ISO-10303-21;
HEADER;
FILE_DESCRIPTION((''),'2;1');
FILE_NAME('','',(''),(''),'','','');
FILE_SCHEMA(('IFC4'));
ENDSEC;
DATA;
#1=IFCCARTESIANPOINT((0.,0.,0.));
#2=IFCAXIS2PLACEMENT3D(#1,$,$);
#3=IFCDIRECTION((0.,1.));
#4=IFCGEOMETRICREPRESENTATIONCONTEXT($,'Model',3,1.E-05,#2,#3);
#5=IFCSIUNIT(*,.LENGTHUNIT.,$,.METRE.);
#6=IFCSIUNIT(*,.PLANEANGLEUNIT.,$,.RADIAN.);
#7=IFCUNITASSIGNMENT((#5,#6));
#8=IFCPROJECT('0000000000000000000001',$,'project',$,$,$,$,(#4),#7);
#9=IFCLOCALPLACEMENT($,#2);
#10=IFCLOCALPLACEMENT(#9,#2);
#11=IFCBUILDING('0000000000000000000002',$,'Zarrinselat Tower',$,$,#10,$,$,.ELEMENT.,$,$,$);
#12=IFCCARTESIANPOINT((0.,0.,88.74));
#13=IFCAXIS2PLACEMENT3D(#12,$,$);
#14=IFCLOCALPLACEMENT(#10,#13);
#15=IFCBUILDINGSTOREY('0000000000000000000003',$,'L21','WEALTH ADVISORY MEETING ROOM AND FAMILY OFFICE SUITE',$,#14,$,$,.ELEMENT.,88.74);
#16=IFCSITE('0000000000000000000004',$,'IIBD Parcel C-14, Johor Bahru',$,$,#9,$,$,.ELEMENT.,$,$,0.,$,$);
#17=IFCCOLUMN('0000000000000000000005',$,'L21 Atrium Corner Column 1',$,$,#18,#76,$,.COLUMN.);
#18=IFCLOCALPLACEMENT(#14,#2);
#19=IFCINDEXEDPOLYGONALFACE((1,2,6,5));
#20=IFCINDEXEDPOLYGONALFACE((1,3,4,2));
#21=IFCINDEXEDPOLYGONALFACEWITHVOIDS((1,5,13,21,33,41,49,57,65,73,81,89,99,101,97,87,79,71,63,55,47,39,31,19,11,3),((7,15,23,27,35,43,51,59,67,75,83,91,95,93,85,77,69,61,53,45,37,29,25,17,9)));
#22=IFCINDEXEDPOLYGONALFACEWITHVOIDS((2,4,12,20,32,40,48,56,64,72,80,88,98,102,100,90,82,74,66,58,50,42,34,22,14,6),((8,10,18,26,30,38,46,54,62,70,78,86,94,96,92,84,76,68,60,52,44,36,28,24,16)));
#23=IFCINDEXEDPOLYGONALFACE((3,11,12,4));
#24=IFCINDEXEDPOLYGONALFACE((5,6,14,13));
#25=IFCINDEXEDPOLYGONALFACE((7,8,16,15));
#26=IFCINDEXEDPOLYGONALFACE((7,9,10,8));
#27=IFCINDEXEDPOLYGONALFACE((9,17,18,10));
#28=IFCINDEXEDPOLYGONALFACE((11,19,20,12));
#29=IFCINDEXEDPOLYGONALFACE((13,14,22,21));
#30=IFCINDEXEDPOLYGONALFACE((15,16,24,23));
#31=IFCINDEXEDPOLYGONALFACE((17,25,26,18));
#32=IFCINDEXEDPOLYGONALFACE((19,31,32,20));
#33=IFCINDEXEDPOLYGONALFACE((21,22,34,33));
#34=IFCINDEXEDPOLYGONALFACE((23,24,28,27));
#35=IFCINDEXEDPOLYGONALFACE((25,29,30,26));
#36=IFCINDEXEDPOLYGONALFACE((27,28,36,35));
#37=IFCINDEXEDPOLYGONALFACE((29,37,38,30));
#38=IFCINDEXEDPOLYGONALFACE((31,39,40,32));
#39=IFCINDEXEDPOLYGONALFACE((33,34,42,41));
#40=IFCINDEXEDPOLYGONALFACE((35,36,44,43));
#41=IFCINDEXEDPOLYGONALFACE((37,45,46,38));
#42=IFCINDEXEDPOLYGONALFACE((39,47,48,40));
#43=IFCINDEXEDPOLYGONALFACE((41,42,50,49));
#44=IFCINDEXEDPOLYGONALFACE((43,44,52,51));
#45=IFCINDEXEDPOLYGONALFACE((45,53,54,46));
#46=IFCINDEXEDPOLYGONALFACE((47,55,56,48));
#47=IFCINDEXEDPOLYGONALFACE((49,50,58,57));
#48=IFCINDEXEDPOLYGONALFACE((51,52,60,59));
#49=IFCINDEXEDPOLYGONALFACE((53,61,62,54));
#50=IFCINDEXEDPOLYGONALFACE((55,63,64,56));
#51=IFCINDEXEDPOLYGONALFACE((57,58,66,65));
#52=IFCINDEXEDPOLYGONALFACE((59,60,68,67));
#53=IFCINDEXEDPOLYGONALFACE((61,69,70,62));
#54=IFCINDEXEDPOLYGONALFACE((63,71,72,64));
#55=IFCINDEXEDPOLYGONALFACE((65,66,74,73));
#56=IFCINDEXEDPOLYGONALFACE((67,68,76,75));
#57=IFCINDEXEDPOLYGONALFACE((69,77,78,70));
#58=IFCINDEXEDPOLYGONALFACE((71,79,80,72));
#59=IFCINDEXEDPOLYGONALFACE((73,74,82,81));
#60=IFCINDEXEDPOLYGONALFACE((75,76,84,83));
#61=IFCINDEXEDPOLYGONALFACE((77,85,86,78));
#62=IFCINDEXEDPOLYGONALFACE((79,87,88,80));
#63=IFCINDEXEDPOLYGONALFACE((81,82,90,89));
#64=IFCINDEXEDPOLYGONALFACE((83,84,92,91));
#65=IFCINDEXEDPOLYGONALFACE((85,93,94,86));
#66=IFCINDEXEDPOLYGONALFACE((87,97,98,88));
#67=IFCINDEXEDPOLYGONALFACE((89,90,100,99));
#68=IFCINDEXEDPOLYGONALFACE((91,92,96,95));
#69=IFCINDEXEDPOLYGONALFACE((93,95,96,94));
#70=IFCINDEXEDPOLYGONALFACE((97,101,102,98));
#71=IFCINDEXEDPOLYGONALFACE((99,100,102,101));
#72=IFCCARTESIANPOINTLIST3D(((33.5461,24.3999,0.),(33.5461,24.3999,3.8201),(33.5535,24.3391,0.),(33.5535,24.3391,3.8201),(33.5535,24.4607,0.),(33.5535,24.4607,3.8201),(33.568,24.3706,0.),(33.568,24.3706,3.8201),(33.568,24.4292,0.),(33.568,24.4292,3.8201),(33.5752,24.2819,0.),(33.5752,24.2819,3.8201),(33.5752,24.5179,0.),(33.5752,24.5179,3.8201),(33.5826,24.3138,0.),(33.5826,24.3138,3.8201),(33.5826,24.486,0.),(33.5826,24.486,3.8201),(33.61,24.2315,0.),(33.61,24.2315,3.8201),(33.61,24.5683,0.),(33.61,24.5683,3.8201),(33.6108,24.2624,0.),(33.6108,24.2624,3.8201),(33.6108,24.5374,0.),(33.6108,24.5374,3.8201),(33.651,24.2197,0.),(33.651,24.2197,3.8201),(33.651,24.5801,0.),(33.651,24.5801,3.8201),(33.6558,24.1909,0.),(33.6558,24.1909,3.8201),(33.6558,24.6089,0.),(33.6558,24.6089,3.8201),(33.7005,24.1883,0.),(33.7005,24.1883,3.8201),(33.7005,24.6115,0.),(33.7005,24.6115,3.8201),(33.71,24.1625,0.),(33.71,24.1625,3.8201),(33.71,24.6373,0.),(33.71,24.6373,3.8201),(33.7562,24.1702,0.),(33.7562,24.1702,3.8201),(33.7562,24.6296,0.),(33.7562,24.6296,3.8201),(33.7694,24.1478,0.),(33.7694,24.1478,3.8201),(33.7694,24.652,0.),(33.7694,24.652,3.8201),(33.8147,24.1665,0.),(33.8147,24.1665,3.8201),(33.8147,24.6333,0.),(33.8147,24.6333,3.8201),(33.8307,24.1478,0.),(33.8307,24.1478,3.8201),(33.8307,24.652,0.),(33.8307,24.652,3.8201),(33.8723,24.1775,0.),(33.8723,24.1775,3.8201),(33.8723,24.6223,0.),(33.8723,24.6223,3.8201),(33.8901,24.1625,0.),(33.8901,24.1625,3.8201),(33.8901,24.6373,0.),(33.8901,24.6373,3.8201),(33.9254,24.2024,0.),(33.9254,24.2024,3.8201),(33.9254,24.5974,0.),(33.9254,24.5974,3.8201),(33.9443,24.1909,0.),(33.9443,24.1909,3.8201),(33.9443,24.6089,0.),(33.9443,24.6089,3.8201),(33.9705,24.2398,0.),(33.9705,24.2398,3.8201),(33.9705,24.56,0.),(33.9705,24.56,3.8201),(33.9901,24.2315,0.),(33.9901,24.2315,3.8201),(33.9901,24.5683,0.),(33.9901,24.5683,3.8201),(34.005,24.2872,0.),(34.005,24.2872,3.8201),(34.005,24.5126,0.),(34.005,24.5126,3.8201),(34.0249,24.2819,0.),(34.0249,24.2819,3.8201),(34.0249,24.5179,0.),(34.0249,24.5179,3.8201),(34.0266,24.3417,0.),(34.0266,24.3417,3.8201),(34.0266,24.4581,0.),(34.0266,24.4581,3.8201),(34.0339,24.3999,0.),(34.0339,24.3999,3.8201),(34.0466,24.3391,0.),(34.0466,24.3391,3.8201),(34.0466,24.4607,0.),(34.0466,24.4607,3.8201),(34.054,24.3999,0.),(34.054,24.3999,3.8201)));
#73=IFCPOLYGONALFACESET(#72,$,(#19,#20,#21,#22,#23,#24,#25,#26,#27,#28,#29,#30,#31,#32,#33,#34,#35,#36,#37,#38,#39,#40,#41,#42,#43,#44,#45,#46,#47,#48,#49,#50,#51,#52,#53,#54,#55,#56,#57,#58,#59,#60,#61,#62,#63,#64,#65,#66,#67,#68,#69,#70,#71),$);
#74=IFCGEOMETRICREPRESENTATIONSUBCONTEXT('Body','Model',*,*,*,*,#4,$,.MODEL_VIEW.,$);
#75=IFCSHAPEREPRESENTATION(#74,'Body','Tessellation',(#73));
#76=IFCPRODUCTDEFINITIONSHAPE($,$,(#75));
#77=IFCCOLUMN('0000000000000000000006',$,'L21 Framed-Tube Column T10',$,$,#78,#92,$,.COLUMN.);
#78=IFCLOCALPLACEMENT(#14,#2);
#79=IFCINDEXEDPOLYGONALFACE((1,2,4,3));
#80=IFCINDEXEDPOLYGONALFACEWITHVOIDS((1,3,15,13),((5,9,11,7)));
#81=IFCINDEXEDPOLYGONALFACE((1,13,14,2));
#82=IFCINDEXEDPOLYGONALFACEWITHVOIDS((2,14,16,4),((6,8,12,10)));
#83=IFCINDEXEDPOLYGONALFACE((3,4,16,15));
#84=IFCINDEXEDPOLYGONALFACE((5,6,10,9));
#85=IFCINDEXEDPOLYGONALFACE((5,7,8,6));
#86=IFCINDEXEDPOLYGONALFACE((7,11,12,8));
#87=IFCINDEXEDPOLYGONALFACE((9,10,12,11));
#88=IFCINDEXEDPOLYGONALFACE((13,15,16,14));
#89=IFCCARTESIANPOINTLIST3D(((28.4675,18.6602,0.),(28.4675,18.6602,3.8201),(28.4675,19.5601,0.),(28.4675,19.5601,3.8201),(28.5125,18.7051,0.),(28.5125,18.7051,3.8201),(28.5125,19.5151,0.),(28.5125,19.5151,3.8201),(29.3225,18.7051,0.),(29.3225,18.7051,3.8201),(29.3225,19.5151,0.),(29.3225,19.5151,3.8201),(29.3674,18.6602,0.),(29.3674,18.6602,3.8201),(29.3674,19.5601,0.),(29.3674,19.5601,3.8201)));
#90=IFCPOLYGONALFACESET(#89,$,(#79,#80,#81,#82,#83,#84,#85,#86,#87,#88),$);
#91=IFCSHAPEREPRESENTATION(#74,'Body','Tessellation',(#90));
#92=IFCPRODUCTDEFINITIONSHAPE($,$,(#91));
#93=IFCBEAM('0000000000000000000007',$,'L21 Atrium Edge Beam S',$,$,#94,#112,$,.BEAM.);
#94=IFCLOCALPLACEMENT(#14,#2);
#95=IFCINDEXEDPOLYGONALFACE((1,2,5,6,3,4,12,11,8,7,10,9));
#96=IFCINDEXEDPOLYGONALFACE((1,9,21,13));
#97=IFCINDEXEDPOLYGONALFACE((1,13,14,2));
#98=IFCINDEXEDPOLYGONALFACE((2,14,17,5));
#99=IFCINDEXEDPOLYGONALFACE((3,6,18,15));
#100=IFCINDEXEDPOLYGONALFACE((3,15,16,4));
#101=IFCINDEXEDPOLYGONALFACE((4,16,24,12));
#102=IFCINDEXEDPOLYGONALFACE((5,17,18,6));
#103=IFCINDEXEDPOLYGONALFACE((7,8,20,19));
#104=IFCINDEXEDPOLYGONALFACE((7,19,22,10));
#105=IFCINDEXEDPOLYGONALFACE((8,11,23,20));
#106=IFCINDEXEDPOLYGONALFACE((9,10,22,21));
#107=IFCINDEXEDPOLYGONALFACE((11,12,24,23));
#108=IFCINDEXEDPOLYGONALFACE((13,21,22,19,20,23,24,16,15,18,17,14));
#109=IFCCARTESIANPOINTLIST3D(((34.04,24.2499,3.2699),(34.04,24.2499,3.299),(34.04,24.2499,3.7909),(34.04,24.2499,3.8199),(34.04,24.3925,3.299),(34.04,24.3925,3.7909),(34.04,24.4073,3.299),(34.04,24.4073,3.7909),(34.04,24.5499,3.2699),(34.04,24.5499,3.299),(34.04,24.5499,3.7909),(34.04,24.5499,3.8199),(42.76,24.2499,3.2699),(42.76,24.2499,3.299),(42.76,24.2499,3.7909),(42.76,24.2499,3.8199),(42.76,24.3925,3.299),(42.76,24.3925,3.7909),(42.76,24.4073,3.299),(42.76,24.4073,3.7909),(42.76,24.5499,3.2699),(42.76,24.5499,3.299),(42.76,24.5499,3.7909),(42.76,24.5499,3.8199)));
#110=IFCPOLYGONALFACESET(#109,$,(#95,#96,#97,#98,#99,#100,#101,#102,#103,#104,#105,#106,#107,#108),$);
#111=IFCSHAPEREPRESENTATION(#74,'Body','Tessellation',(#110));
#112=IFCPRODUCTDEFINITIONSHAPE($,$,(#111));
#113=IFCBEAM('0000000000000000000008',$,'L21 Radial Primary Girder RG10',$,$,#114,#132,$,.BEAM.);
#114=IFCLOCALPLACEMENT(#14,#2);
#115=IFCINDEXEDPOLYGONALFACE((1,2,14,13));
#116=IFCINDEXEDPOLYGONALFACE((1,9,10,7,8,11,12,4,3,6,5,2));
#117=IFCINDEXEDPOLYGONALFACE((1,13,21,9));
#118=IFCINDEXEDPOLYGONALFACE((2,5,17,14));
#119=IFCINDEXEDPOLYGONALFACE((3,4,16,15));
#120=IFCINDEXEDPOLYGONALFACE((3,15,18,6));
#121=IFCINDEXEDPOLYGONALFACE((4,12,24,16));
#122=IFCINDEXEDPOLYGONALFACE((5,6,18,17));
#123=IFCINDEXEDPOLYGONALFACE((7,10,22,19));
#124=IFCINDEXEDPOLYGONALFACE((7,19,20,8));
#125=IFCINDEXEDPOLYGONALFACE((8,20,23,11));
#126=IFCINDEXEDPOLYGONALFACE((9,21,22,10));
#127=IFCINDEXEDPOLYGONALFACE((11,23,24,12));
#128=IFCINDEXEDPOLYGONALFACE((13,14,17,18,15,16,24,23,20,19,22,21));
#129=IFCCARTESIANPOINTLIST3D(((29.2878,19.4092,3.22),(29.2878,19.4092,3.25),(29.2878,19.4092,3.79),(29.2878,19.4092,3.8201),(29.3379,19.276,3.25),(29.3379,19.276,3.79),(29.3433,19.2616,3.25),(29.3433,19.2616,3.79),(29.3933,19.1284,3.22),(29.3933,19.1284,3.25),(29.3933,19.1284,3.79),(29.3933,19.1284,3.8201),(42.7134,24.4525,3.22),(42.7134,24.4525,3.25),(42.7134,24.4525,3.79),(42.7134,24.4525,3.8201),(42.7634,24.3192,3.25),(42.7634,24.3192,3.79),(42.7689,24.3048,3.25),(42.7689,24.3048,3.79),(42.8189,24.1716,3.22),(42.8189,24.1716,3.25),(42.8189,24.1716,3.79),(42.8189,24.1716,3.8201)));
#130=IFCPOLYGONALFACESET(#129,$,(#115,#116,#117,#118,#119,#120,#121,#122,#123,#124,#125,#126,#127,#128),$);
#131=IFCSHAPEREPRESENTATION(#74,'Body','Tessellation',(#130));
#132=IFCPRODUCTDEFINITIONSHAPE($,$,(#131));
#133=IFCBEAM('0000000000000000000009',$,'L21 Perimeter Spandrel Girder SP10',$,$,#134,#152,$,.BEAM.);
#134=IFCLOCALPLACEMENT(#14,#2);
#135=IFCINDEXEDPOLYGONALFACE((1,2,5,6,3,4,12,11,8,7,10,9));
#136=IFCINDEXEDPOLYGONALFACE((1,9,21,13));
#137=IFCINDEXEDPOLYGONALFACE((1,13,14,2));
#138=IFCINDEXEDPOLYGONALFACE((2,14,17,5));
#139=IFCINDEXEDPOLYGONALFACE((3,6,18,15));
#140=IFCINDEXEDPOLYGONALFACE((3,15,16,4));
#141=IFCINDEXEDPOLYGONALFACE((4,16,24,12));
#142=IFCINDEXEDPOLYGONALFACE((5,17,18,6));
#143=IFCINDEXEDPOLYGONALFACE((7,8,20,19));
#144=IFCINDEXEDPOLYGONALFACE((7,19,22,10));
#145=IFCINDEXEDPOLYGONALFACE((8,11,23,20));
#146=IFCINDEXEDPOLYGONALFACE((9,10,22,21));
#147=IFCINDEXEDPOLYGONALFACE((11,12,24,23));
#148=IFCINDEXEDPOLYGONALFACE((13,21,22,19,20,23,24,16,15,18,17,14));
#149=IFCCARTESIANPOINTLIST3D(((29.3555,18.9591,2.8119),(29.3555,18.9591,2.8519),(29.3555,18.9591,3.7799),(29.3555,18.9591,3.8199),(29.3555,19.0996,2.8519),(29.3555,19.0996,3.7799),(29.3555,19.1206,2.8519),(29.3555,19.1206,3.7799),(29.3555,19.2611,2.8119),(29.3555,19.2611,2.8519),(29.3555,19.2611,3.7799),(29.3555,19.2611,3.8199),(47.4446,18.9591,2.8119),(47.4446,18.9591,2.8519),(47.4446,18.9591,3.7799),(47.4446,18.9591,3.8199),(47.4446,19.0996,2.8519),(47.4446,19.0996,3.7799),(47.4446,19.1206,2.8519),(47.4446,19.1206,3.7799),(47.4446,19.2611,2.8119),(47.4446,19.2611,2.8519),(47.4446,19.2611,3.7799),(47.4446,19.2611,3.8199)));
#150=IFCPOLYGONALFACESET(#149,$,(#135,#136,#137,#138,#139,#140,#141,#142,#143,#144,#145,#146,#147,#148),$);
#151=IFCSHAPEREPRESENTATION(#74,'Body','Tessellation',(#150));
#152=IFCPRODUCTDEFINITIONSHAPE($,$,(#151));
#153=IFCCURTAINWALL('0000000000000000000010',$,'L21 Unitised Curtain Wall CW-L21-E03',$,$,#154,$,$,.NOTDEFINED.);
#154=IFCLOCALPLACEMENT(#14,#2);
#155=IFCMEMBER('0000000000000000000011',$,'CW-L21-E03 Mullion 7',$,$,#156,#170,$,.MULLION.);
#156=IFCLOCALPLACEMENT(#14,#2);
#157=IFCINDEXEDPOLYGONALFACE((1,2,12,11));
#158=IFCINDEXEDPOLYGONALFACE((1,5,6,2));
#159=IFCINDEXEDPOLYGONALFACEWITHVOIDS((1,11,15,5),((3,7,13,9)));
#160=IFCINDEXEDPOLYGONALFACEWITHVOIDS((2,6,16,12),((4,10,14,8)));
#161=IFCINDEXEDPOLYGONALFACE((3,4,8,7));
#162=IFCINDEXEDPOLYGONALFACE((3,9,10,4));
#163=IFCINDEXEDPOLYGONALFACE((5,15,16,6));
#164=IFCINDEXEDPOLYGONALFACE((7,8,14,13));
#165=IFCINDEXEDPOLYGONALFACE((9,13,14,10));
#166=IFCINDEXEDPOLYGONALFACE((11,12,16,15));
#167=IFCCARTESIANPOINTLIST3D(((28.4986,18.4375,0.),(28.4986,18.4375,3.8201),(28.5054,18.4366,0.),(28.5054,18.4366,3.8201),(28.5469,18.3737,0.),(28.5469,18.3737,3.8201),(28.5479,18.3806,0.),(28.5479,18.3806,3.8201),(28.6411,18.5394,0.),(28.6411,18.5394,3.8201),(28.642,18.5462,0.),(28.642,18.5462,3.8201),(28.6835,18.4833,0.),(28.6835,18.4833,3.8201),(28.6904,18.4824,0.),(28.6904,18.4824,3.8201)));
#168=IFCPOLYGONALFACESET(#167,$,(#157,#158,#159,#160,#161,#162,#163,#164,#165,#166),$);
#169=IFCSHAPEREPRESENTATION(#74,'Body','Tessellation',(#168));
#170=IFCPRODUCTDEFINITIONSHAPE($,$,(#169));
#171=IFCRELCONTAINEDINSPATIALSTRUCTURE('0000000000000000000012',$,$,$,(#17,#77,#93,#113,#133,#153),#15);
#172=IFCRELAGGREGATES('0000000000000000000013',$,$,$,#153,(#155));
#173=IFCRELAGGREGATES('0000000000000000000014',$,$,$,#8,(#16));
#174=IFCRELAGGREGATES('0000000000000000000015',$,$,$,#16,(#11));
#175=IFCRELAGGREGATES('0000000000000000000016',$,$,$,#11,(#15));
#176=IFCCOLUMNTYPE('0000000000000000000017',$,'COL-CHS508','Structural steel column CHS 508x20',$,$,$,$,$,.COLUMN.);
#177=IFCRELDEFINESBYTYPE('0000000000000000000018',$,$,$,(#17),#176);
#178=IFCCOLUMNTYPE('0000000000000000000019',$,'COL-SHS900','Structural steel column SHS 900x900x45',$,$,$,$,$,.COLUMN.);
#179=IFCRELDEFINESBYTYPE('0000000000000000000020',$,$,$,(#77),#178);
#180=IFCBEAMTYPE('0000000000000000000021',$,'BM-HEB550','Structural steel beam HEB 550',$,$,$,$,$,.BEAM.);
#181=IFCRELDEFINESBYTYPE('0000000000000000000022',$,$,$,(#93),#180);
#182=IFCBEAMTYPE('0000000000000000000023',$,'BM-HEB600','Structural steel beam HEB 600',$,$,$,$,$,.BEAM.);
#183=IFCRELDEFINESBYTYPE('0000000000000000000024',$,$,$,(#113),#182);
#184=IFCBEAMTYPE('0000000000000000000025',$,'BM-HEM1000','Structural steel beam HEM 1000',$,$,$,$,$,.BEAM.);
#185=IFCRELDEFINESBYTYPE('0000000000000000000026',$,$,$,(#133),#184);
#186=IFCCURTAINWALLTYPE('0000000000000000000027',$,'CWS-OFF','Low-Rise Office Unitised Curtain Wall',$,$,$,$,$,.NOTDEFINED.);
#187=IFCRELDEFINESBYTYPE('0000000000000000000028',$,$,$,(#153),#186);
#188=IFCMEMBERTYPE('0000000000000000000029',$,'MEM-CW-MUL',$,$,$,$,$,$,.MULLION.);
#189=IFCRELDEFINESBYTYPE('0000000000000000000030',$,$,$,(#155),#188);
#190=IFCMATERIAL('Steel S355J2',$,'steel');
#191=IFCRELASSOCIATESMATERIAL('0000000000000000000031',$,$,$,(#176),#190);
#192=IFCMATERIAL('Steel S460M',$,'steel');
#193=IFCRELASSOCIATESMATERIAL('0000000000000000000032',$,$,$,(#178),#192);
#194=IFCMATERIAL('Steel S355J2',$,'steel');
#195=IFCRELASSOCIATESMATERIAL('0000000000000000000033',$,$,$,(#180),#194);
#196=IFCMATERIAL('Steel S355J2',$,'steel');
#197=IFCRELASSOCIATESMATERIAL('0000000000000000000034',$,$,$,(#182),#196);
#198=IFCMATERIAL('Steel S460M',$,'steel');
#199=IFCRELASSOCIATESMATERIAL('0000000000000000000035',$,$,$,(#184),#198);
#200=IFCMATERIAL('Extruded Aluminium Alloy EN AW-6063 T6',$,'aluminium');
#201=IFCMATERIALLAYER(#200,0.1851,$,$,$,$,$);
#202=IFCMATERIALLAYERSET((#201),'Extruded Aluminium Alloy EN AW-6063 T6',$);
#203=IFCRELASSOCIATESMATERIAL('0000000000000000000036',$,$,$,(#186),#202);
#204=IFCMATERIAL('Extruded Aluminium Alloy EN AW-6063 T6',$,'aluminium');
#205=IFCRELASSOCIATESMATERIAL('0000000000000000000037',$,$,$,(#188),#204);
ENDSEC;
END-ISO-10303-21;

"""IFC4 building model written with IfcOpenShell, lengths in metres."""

from ifc_helpers import new_model, si_unit, direction, frame, origin, origin_2d, place, context, subcontext, project, spatial, hollow_rectangle, hollow_circle, i_section, extrude, material, layer, layer_set, material_profile, profile_set, type_object, element, aggregate, save


model = new_model("IFC4")

# Units and contexts
model_context = context("Model", 3, precision=1e-05, world=origin(), true_north=direction((0.0, 1.0)))
body_context = subcontext(model_context, "Body", "Model", "MODEL_VIEW")
ifc_project = project(units=[si_unit("LENGTHUNIT", "METRE"), si_unit("PLANEANGLEUNIT", "RADIAN")], contexts=[model_context])

# Site, building, storey
site_placement = place(None, origin())
site = spatial("IfcSite", under=ifc_project, at=site_placement, Name="IIBD Parcel C-14, Johor Bahru", CompositionType="ELEMENT", RefElevation=0.0)
building_placement = place(site_placement, origin())
building = spatial("IfcBuilding", under=site, at=building_placement, Name="Zarrinselat Tower", CompositionType="ELEMENT")
storey_placement = place(building_placement, frame((0.0, 0.0, 88.74)))
storey = spatial("IfcBuildingStorey", under=building, at=storey_placement, Name="L21", Description="WEALTH ADVISORY MEETING ROOM AND FAMILY OFFICE SUITE", CompositionType="ELEMENT", Elevation=88.74)

# Columns
ifc_material_1 = material(Name="Steel S355J2", Category="steel")
ifc_material_profile_1 = material_profile(ifc_material_1, hollow_circle(Radius=0.2539, WallThickness=0.02, at=origin_2d()), Name="CHS 508x20")
ifc_profile_set_1 = profile_set([ifc_material_profile_1], Name="Steel S355J2")
column_type_1 = type_object("IfcColumnType", Name="COL-CHS508", Description="Structural steel column CHS 508x20", PredefinedType="COLUMN", material=ifc_profile_set_1)
column_1_placement = place(storey_placement, frame((33.8, 24.3999, 0.0), z_axis=(0.0, 0.0, 1.0), x_axis=(1.0, 0.0, 0.0)))
element("IfcColumn", 1, at=column_1_placement, inside=storey, type_object=column_type_1, Name="L21 Atrium Corner Column 1", PredefinedType="COLUMN", context=body_context, shape_type="SweptSolid", body=[
    extrude(hollow_circle(Radius=0.2539, WallThickness=0.02, at=origin_2d()), origin(), (0.0, 0.0, 1.0), 3.8201),
])
ifc_material_2 = material(Name="Steel S460M", Category="steel")
ifc_material_profile_2 = material_profile(ifc_material_2, hollow_rectangle(XDim=0.8999, YDim=0.8999, WallThickness=0.0449, at=origin_2d()), Name="SHS 900x900x45")
ifc_profile_set_2 = profile_set([ifc_material_profile_2], Name="Steel S460M")
column_type_2 = type_object("IfcColumnType", Name="COL-SHS900", Description="Structural steel column SHS 900x900x45", PredefinedType="COLUMN", material=ifc_profile_set_2)
column_2_placement = place(storey_placement, frame((28.9175, 19.1101, 0.0), z_axis=(0.0, 0.0, 1.0), x_axis=(1.0, 0.0, 0.0)))
element("IfcColumn", 2, at=column_2_placement, inside=storey, type_object=column_type_2, Name="L21 Framed-Tube Column T10", PredefinedType="COLUMN", context=body_context, shape_type="SweptSolid", body=[
    extrude(hollow_rectangle(XDim=0.8999, YDim=0.8999, WallThickness=0.0449, at=origin_2d()), origin(), (0.0, 0.0, 1.0), 3.8201),
])

# Beams
ifc_material_3 = material(Name="Steel S355J2", Category="steel")
ifc_material_profile_3 = material_profile(ifc_material_3, i_section(OverallWidth=0.3, OverallDepth=0.55, WebThickness=0.0149, FlangeThickness=0.0291, at=origin_2d()), Name="HEB 550")
ifc_profile_set_3 = profile_set([ifc_material_profile_3], Name="Steel S355J2")
beam_type_1 = type_object("IfcBeamType", Name="BM-HEB550", Description="Structural steel beam HEB 550", PredefinedType="BEAM", material=ifc_profile_set_3)
beam_1_placement = place(storey_placement, frame((34.04, 24.3999, 3.5449), z_axis=(1.0, 0.0, 0.0), x_axis=(0.0, 1.0, 0.0)))
element("IfcBeam", 3, at=beam_1_placement, inside=storey, type_object=beam_type_1, Name="L21 Atrium Edge Beam S", PredefinedType="BEAM", context=body_context, shape_type="SweptSolid", body=[
    extrude(i_section(OverallWidth=0.3, OverallDepth=0.55, WebThickness=0.0149, FlangeThickness=0.0291, at=origin_2d()), origin(), (0.0, 0.0, 1.0), 8.72),
])
ifc_material_4 = material(Name="Steel S355J2", Category="steel")
ifc_material_profile_4 = material_profile(ifc_material_4, i_section(OverallWidth=0.3, OverallDepth=0.6001, WebThickness=0.0154, FlangeThickness=0.03, at=origin_2d()), Name="HEB 600")
ifc_profile_set_4 = profile_set([ifc_material_profile_4], Name="Steel S355J2")
beam_type_2 = type_object("IfcBeamType", Name="BM-HEB600", Description="Structural steel beam HEB 600", PredefinedType="BEAM", material=ifc_profile_set_4)
beam_2_placement = place(storey_placement, frame((29.3406, 19.2688, 3.52), z_axis=(0.936131, 0.351651, 0.0), x_axis=(-0.351651, 0.936131, 0.0)))
element("IfcBeam", 4, at=beam_2_placement, inside=storey, type_object=beam_type_2, Name="L21 Radial Primary Girder RG10", PredefinedType="BEAM", context=body_context, shape_type="SweptSolid", body=[
    extrude(i_section(OverallWidth=0.3, OverallDepth=0.6001, WebThickness=0.0154, FlangeThickness=0.03, at=origin_2d()), origin(), (0.0, 0.0, 1.0), 14.3416),
])
ifc_material_5 = material(Name="Steel S460M", Category="steel")
ifc_material_profile_5 = material_profile(ifc_material_5, i_section(OverallWidth=0.302, OverallDepth=1.0081, WebThickness=0.021, FlangeThickness=0.04, at=origin_2d()), Name="HEM 1000")
ifc_profile_set_5 = profile_set([ifc_material_profile_5], Name="Steel S460M")
beam_type_3 = type_object("IfcBeamType", Name="BM-HEM1000", Description="Structural steel beam HEM 1000", PredefinedType="BEAM", material=ifc_profile_set_5)
beam_3_placement = place(storey_placement, frame((29.3555, 19.1101, 3.3159), z_axis=(1.0, 0.0, 0.0), x_axis=(0.0, 1.0, 0.0)))
element("IfcBeam", 5, at=beam_3_placement, inside=storey, type_object=beam_type_3, Name="L21 Perimeter Spandrel Girder SP10", PredefinedType="BEAM", context=body_context, shape_type="SweptSolid", body=[
    extrude(i_section(OverallWidth=0.302, OverallDepth=1.0081, WebThickness=0.021, FlangeThickness=0.04, at=origin_2d()), origin(), (0.0, 0.0, 1.0), 18.0891),
])

# Curtain wall, member
ifc_material_6 = material(Name="Extruded Aluminium Alloy EN AW-6063 T6", Category="aluminium")
ifc_layer_1 = layer(ifc_material_6, 0.1851)
ifc_layer_set_1 = layer_set([ifc_layer_1], Name="Extruded Aluminium Alloy EN AW-6063 T6")
curtain_wall_type = type_object("IfcCurtainWallType", Name="CWS-OFF", Description="Low-Rise Office Unitised Curtain Wall", PredefinedType="NOTDEFINED", material=ifc_layer_set_1)
curtain_wall_1_placement = place(storey_placement, origin())
curtain_wall_1 = element("IfcCurtainWall", 6, at=curtain_wall_1_placement, inside=storey, type_object=curtain_wall_type, Name="L21 Unitised Curtain Wall CW-L21-E03", PredefinedType="NOTDEFINED")
ifc_material_7 = material(Name="Extruded Aluminium Alloy EN AW-6063 T6", Category="aluminium")
ifc_material_profile_6 = material_profile(ifc_material_7, hollow_rectangle(XDim=0.0801, YDim=0.1799, WallThickness=0.0049, at=origin_2d()), Name="RHS 180x80x5")
ifc_profile_set_6 = profile_set([ifc_material_profile_6], Name="Extruded Aluminium Alloy EN AW-6063 T6")
member_type_1 = type_object("IfcMemberType", Name="MEM-CW-MUL", PredefinedType="MULLION", material=ifc_profile_set_6)
member_1_placement = place(storey_placement, frame((28.5945, 18.46, 0.0), z_axis=(0.0, 0.0, 1.0), x_axis=(0.603856, -0.797093, 0.0)))
member_1 = element("IfcMember", 7, at=member_1_placement, type_object=member_type_1, Name="CW-L21-E03 Mullion 7", PredefinedType="MULLION", context=body_context, shape_type="SweptSolid", body=[
    extrude(hollow_rectangle(XDim=0.0801, YDim=0.1799, WallThickness=0.0049, at=origin_2d()), origin(), (0.0, 0.0, 1.0), 3.8201),
])
aggregate(curtain_wall_1, [member_1])

save(model, "model.ifc")
